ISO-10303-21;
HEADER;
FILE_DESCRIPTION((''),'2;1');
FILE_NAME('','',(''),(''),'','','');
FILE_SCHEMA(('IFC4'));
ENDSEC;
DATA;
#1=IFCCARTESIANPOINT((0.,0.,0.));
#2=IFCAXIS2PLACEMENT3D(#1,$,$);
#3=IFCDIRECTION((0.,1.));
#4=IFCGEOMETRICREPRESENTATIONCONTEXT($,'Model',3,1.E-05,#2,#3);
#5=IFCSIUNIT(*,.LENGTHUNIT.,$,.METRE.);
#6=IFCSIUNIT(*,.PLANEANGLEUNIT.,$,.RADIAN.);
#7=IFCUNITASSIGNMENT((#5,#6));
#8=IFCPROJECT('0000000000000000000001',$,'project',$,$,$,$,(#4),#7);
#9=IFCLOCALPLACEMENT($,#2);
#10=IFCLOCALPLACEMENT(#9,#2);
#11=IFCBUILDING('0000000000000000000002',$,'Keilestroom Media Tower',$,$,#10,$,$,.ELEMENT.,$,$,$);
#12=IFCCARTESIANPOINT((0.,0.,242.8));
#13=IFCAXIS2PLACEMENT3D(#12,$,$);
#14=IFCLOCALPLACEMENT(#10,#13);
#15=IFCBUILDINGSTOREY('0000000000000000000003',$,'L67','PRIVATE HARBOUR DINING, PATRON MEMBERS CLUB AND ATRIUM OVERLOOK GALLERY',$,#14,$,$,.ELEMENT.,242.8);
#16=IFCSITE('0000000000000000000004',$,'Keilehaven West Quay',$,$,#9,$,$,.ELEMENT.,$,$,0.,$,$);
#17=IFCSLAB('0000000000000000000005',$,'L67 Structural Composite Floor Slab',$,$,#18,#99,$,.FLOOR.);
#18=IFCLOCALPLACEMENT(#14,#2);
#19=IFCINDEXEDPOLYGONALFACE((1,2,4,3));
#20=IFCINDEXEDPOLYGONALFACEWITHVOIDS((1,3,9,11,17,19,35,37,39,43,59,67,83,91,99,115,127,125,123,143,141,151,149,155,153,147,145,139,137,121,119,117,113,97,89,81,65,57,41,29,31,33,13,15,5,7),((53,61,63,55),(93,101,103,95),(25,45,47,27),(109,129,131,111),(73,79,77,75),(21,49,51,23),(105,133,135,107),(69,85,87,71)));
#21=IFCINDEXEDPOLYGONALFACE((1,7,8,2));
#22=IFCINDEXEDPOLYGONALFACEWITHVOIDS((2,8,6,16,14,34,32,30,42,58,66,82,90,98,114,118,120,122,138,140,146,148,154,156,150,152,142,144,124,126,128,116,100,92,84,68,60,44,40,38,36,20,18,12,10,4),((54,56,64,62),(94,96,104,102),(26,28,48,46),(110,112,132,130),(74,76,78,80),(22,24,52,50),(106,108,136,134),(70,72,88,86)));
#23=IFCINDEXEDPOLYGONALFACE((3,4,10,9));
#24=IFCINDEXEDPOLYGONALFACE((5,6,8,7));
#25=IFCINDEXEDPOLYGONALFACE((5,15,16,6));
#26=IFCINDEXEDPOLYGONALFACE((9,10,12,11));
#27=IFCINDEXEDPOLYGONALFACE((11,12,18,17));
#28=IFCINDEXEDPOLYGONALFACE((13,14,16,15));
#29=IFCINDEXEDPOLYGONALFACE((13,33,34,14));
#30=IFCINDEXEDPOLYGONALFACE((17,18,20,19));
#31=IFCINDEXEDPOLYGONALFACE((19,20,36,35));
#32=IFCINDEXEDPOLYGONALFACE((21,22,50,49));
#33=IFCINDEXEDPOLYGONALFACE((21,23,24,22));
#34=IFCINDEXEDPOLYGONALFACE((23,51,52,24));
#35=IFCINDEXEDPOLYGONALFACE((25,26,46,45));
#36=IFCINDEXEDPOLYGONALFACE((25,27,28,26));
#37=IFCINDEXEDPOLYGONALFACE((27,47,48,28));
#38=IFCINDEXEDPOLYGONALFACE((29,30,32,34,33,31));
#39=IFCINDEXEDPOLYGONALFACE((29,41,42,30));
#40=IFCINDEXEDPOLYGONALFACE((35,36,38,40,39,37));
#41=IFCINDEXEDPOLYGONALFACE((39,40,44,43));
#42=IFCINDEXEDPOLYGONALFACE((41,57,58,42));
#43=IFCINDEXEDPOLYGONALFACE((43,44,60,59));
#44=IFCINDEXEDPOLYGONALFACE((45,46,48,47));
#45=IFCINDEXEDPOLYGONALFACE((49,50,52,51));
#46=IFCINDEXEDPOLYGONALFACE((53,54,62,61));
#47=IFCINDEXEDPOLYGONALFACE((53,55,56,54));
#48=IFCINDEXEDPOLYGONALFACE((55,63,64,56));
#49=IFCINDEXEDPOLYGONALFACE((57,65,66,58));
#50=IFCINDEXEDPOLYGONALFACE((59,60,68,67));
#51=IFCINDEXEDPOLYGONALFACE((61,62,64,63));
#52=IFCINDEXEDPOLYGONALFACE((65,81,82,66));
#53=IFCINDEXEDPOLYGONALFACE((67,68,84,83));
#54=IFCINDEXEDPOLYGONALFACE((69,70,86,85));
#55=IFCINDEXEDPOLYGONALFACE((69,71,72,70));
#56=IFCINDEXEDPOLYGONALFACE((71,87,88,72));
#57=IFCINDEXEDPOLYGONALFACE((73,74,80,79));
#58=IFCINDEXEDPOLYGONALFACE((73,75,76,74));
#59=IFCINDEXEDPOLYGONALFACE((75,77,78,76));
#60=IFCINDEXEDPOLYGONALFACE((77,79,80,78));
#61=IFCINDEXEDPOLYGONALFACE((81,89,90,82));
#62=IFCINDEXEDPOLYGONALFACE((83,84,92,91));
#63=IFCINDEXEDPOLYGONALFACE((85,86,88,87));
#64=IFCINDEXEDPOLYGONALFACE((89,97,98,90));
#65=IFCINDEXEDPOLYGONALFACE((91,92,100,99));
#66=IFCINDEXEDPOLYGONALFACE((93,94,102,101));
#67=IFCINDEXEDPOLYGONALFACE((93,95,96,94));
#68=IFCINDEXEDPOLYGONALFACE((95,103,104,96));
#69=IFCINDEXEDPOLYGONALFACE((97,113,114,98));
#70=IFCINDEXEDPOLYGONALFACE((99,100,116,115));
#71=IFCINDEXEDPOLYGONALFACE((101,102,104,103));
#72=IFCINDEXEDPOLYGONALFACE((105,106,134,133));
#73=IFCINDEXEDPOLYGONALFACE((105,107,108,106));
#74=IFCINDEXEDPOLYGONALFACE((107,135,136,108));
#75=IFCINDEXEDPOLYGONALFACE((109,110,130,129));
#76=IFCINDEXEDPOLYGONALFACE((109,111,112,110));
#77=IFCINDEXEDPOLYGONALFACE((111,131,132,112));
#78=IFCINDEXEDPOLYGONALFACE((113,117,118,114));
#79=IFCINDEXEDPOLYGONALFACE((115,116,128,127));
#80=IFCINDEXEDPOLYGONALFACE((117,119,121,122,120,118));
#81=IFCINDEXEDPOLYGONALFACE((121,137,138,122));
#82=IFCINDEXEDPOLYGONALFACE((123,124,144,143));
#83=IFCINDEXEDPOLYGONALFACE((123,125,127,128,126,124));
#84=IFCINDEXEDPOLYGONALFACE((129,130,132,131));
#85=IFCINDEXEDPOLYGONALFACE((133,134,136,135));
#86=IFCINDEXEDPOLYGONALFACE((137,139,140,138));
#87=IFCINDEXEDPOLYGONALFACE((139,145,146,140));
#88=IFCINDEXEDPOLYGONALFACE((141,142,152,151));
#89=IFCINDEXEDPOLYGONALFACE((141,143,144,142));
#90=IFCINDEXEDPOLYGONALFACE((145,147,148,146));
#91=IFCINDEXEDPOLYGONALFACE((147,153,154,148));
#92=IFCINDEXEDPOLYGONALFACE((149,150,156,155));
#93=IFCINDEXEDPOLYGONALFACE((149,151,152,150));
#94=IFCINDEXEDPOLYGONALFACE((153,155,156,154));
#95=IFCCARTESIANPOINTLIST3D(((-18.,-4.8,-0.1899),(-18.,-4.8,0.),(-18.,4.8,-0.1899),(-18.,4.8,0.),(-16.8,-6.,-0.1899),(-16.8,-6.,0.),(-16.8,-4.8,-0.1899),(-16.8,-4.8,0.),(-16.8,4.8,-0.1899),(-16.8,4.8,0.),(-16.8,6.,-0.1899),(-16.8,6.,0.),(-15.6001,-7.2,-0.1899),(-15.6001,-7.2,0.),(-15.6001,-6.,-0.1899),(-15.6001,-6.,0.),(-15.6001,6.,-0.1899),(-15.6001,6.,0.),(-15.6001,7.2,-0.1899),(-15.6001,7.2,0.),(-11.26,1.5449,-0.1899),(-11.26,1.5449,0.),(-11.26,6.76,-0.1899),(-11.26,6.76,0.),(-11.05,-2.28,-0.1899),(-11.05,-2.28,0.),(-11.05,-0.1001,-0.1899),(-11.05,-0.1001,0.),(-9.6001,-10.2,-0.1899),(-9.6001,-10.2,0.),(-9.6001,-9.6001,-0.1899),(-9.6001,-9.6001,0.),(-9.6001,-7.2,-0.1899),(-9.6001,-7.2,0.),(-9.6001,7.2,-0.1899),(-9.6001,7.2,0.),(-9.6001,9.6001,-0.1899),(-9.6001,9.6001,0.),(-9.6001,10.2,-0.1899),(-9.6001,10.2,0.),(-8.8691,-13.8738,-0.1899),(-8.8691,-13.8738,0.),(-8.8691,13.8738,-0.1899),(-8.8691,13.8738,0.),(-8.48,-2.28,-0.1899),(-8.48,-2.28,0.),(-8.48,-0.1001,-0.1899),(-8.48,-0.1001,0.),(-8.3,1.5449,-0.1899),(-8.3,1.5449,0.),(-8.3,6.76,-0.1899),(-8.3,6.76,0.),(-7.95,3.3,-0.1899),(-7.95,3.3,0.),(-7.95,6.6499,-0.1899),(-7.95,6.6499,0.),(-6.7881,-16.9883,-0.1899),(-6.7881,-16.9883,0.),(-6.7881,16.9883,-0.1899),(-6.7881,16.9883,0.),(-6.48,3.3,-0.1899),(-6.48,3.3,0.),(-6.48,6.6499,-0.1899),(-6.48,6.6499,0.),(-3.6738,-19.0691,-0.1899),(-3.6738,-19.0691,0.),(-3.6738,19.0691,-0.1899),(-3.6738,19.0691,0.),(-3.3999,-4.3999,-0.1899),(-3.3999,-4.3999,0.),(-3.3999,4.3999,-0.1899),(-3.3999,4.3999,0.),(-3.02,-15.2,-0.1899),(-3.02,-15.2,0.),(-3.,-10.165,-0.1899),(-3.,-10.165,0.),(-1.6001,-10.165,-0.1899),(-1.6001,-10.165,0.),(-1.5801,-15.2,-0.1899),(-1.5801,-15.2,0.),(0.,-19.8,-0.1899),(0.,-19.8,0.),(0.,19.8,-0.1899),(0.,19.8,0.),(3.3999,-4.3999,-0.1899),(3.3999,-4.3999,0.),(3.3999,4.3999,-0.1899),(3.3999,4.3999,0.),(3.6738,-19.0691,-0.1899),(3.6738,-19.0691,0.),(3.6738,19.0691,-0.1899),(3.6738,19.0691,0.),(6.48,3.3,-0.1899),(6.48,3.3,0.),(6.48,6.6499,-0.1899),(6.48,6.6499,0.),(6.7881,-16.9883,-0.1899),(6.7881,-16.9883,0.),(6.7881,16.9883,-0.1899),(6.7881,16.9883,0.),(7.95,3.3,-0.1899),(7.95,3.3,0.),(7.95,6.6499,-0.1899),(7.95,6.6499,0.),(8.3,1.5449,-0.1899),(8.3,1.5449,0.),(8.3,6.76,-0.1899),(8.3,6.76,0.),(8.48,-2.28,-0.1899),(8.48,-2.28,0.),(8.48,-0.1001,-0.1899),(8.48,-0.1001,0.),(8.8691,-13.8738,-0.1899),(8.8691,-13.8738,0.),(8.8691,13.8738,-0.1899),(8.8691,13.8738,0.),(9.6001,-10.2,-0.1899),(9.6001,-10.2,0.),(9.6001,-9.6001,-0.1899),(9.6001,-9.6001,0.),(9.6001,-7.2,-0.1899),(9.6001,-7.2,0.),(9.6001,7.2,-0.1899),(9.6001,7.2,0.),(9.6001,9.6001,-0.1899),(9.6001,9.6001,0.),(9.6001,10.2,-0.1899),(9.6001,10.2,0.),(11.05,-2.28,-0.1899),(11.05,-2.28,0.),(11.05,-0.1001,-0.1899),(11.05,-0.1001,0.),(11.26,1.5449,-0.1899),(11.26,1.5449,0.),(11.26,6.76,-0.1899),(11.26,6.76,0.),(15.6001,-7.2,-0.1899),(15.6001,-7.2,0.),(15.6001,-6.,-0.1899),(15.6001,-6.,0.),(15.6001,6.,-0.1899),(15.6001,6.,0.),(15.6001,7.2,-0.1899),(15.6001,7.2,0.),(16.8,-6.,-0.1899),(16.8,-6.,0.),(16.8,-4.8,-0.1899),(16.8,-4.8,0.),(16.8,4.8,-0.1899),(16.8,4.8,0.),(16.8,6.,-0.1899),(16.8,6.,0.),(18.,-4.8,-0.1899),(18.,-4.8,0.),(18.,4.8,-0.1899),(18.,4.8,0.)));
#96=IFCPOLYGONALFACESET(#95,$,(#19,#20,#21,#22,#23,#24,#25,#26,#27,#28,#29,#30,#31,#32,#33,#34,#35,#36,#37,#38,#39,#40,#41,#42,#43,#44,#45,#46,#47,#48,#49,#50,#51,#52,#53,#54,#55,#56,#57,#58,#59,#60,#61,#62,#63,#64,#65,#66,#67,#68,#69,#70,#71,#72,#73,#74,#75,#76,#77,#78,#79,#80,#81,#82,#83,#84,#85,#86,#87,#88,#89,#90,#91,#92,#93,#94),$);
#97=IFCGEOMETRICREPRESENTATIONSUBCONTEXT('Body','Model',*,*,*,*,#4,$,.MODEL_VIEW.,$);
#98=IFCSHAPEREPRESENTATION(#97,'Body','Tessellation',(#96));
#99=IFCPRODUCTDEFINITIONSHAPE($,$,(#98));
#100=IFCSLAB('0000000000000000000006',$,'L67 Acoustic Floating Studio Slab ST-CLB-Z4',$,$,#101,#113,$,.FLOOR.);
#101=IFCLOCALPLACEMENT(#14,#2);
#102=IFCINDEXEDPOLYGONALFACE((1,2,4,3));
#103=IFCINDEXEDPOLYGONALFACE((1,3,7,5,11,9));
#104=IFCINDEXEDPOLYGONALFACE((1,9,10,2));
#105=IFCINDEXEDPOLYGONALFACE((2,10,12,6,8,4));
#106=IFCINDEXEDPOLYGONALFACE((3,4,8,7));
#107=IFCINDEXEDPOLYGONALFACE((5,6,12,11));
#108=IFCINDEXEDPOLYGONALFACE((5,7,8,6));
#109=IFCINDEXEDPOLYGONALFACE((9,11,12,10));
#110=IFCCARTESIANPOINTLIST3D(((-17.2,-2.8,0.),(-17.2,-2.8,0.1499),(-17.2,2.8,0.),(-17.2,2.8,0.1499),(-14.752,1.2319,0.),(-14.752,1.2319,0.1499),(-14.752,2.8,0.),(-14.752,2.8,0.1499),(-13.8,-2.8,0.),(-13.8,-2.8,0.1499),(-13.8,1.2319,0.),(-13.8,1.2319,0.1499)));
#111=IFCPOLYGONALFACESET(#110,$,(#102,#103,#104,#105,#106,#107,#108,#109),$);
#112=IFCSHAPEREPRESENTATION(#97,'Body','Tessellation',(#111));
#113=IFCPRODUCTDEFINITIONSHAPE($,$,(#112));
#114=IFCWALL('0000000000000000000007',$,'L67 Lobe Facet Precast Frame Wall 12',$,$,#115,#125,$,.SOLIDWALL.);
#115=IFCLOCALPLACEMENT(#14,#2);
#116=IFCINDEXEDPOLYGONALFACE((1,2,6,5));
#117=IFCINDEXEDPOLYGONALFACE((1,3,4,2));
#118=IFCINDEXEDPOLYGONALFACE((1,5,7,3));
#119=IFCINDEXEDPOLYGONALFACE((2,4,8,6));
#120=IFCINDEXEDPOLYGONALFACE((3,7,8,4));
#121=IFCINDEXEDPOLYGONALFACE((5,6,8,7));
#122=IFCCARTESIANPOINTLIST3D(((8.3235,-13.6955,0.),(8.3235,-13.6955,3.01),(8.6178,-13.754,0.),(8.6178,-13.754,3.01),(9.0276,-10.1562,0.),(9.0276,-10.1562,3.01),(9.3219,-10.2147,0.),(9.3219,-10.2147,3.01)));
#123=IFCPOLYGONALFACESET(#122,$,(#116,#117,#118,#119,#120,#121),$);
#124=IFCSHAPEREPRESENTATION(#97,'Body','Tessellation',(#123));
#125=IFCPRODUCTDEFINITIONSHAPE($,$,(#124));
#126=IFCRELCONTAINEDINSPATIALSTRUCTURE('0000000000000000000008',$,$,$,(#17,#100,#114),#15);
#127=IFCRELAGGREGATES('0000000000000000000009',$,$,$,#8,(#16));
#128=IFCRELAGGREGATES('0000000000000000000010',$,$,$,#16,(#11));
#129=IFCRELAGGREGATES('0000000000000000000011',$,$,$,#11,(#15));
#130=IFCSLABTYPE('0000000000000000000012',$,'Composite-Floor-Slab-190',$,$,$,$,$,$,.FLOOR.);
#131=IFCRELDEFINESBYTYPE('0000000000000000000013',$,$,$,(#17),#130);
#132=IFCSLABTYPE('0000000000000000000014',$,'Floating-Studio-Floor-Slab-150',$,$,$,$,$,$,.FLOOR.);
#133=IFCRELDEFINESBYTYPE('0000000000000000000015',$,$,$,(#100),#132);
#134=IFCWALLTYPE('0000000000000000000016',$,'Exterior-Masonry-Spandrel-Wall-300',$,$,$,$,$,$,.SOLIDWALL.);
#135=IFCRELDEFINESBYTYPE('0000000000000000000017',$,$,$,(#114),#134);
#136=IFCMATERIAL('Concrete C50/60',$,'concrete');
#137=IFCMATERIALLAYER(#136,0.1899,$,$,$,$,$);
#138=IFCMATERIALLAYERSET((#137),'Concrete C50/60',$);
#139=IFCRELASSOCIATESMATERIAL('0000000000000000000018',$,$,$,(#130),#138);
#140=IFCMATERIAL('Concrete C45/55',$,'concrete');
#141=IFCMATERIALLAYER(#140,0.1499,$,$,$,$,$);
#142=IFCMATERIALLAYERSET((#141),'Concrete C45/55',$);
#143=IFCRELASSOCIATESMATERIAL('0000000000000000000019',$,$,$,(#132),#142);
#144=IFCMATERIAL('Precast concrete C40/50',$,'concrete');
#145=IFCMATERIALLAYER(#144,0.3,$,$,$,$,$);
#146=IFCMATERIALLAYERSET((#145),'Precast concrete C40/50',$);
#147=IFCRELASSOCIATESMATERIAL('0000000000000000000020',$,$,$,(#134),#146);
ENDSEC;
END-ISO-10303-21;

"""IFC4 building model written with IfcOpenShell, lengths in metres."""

from ifc_helpers import new_model, si_unit, direction, frame, frame_2d, origin, place, context, subcontext, project, spatial, polyline, rectangle, outline, extrude, material, layer, layer_set, type_object, element, save


model = new_model("IFC4")

# Units and contexts
model_context = context("Model", 3, precision=1e-05, world=origin(), true_north=direction((0.0, 1.0)))
body_context = subcontext(model_context, "Body", "Model", "MODEL_VIEW")
ifc_project = project(units=[si_unit("LENGTHUNIT", "METRE"), si_unit("PLANEANGLEUNIT", "RADIAN")], contexts=[model_context])

# Site, building, storey
site_placement = place(None, origin())
site = spatial("IfcSite", under=ifc_project, at=site_placement, Name="Keilehaven West Quay", CompositionType="ELEMENT", RefElevation=0.0)
building_placement = place(site_placement, origin())
building = spatial("IfcBuilding", under=site, at=building_placement, Name="Keilestroom Media Tower", CompositionType="ELEMENT")
storey_placement = place(building_placement, frame((0.0, 0.0, 242.8)))
storey = spatial("IfcBuildingStorey", under=building, at=storey_placement, Name="L67", Description="PRIVATE HARBOUR DINING, PATRON MEMBERS CLUB AND ATRIUM OVERLOOK GALLERY", CompositionType="ELEMENT", Elevation=242.8)

# Shared definitions
ifc_material_1 = material(Name="Concrete C50/60", Category="concrete")

# Slabs
ifc_layer_1 = layer(ifc_material_1, 0.1899)
ifc_layer_set_1 = layer_set([ifc_layer_1], Name="Concrete C50/60")
slab_type_1 = type_object("IfcSlabType", Name="Composite-Floor-Slab-190", PredefinedType="FLOOR", material=ifc_layer_set_1)
slab_1_placement = place(storey_placement, frame((0.0, 0.0, -0.1899)))
element("IfcSlab", 1, at=slab_1_placement, inside=storey, type_object=slab_type_1, Name="L67 Structural Composite Floor Slab", PredefinedType="FLOOR", context=body_context, shape_type="SweptSolid", body=[
    extrude(outline(polyline([(18.0, -4.8), (18.0, 4.8), (16.8, 4.8), (16.8, 6.0), (15.6001, 6.0), (15.6001, 7.2), (9.6001, 7.2), (9.6001, 9.6001), (9.6001, 10.2), (8.8691, 13.8738), (6.7881, 16.9883), (3.6738, 19.0691), (0.0, 19.8), (-3.6738, 19.0691), (-6.7881, 16.9883), (-8.8691, 13.8738), (-9.6001, 10.2), (-9.6001, 9.6001), (-9.6001, 7.2), (-15.6001, 7.2), (-15.6001, 6.0), (-16.8, 6.0), (-16.8, 4.8), (-18.0, 4.8), (-18.0, -4.8), (-16.8, -4.8), (-16.8, -6.0), (-15.6001, -6.0), (-15.6001, -7.2), (-9.6001, -7.2), (-9.6001, -9.6001), (-9.6001, -10.2), (-8.8691, -13.8738), (-6.7881, -16.9883), (-3.6738, -19.0691), (0.0, -19.8), (3.6738, -19.0691), (6.7881, -16.9883), (8.8691, -13.8738), (9.6001, -10.2), (9.6001, -9.6001), (9.6001, -7.2), (15.6001, -7.2), (15.6001, -6.0), (16.8, -6.0), (16.8, -4.8), (18.0, -4.8)]), holes=[polyline([(-8.3, 6.76), (-8.3, 1.5449), (-11.26, 1.5449), (-11.26, 6.76), (-8.3, 6.76)]), polyline([(-8.48, -0.1001), (-8.48, -2.28), (-11.05, -2.28), (-11.05, -0.1001), (-8.48, -0.1001)]), polyline([(-6.48, 6.6499), (-6.48, 3.3), (-7.95, 3.3), (-7.95, 6.6499), (-6.48, 6.6499)]), polyline([(3.3999, 4.3999), (3.3999, -4.3999), (-3.3999, -4.3999), (-3.3999, 4.3999), (3.3999, 4.3999)]), polyline([(-1.5801, -15.2), (-3.02, -15.2), (-3.0, -10.165), (-1.6001, -10.165), (-1.5801, -15.2)]), polyline([(7.95, 6.6499), (7.95, 3.3), (6.48, 3.3), (6.48, 6.6499), (7.95, 6.6499)]), polyline([(11.26, 6.76), (11.26, 1.5449), (8.3, 1.5449), (8.3, 6.76), (11.26, 6.76)]), polyline([(11.05, -0.1001), (11.05, -2.28), (8.48, -2.28), (8.48, -0.1001), (11.05, -0.1001)])]), origin(), (0.0, 0.0, 1.0), 0.1899),
])
ifc_material_2 = material(Name="Concrete C45/55", Category="concrete")
ifc_layer_2 = layer(ifc_material_2, 0.1499)
ifc_layer_set_2 = layer_set([ifc_layer_2], Name="Concrete C45/55")
slab_type_2 = type_object("IfcSlabType", Name="Floating-Studio-Floor-Slab-150", PredefinedType="FLOOR", material=ifc_layer_set_2)
slab_2_placement = place(storey_placement, origin())
element("IfcSlab", 2, at=slab_2_placement, inside=storey, type_object=slab_type_2, Name="L67 Acoustic Floating Studio Slab ST-CLB-Z4", PredefinedType="FLOOR", context=body_context, shape_type="SweptSolid", body=[
    extrude(outline(polyline([(-17.2, -2.8), (-13.8, -2.8), (-13.8, 1.2319), (-14.752, 1.2319), (-14.752, 2.8), (-17.2, 2.8), (-17.2, -2.8)])), origin(), (0.0, 0.0, 1.0), 0.1499),
])

# Wall
ifc_material_3 = material(Name="Precast concrete C40/50", Category="concrete")
ifc_layer_3 = layer(ifc_material_3, 0.3)
ifc_layer_set_3 = layer_set([ifc_layer_3], Name="Precast concrete C40/50")
wall_type_1 = type_object("IfcWallType", Name="Exterior-Masonry-Spandrel-Wall-300", PredefinedType="SOLIDWALL", material=ifc_layer_set_3)
wall_1_placement = place(storey_placement, frame((8.4707, -13.7246, 0.0), z_axis=(0.0, 0.0, 1.0), x_axis=(0.195114, 0.980781, 0.0)))
element("IfcWall", 3, at=wall_1_placement, inside=storey, type_object=wall_type_1, Name="L67 Lobe Facet Precast Frame Wall 12", PredefinedType="SOLIDWALL", context=body_context, shape_type="SweptSolid", body=[
    extrude(rectangle(XDim=3.6086, YDim=0.3, at=frame_2d((1.8042, 0.0))), origin(), (0.0, 0.0, 1.0), 3.01),
])

save(model, "model.ifc")
